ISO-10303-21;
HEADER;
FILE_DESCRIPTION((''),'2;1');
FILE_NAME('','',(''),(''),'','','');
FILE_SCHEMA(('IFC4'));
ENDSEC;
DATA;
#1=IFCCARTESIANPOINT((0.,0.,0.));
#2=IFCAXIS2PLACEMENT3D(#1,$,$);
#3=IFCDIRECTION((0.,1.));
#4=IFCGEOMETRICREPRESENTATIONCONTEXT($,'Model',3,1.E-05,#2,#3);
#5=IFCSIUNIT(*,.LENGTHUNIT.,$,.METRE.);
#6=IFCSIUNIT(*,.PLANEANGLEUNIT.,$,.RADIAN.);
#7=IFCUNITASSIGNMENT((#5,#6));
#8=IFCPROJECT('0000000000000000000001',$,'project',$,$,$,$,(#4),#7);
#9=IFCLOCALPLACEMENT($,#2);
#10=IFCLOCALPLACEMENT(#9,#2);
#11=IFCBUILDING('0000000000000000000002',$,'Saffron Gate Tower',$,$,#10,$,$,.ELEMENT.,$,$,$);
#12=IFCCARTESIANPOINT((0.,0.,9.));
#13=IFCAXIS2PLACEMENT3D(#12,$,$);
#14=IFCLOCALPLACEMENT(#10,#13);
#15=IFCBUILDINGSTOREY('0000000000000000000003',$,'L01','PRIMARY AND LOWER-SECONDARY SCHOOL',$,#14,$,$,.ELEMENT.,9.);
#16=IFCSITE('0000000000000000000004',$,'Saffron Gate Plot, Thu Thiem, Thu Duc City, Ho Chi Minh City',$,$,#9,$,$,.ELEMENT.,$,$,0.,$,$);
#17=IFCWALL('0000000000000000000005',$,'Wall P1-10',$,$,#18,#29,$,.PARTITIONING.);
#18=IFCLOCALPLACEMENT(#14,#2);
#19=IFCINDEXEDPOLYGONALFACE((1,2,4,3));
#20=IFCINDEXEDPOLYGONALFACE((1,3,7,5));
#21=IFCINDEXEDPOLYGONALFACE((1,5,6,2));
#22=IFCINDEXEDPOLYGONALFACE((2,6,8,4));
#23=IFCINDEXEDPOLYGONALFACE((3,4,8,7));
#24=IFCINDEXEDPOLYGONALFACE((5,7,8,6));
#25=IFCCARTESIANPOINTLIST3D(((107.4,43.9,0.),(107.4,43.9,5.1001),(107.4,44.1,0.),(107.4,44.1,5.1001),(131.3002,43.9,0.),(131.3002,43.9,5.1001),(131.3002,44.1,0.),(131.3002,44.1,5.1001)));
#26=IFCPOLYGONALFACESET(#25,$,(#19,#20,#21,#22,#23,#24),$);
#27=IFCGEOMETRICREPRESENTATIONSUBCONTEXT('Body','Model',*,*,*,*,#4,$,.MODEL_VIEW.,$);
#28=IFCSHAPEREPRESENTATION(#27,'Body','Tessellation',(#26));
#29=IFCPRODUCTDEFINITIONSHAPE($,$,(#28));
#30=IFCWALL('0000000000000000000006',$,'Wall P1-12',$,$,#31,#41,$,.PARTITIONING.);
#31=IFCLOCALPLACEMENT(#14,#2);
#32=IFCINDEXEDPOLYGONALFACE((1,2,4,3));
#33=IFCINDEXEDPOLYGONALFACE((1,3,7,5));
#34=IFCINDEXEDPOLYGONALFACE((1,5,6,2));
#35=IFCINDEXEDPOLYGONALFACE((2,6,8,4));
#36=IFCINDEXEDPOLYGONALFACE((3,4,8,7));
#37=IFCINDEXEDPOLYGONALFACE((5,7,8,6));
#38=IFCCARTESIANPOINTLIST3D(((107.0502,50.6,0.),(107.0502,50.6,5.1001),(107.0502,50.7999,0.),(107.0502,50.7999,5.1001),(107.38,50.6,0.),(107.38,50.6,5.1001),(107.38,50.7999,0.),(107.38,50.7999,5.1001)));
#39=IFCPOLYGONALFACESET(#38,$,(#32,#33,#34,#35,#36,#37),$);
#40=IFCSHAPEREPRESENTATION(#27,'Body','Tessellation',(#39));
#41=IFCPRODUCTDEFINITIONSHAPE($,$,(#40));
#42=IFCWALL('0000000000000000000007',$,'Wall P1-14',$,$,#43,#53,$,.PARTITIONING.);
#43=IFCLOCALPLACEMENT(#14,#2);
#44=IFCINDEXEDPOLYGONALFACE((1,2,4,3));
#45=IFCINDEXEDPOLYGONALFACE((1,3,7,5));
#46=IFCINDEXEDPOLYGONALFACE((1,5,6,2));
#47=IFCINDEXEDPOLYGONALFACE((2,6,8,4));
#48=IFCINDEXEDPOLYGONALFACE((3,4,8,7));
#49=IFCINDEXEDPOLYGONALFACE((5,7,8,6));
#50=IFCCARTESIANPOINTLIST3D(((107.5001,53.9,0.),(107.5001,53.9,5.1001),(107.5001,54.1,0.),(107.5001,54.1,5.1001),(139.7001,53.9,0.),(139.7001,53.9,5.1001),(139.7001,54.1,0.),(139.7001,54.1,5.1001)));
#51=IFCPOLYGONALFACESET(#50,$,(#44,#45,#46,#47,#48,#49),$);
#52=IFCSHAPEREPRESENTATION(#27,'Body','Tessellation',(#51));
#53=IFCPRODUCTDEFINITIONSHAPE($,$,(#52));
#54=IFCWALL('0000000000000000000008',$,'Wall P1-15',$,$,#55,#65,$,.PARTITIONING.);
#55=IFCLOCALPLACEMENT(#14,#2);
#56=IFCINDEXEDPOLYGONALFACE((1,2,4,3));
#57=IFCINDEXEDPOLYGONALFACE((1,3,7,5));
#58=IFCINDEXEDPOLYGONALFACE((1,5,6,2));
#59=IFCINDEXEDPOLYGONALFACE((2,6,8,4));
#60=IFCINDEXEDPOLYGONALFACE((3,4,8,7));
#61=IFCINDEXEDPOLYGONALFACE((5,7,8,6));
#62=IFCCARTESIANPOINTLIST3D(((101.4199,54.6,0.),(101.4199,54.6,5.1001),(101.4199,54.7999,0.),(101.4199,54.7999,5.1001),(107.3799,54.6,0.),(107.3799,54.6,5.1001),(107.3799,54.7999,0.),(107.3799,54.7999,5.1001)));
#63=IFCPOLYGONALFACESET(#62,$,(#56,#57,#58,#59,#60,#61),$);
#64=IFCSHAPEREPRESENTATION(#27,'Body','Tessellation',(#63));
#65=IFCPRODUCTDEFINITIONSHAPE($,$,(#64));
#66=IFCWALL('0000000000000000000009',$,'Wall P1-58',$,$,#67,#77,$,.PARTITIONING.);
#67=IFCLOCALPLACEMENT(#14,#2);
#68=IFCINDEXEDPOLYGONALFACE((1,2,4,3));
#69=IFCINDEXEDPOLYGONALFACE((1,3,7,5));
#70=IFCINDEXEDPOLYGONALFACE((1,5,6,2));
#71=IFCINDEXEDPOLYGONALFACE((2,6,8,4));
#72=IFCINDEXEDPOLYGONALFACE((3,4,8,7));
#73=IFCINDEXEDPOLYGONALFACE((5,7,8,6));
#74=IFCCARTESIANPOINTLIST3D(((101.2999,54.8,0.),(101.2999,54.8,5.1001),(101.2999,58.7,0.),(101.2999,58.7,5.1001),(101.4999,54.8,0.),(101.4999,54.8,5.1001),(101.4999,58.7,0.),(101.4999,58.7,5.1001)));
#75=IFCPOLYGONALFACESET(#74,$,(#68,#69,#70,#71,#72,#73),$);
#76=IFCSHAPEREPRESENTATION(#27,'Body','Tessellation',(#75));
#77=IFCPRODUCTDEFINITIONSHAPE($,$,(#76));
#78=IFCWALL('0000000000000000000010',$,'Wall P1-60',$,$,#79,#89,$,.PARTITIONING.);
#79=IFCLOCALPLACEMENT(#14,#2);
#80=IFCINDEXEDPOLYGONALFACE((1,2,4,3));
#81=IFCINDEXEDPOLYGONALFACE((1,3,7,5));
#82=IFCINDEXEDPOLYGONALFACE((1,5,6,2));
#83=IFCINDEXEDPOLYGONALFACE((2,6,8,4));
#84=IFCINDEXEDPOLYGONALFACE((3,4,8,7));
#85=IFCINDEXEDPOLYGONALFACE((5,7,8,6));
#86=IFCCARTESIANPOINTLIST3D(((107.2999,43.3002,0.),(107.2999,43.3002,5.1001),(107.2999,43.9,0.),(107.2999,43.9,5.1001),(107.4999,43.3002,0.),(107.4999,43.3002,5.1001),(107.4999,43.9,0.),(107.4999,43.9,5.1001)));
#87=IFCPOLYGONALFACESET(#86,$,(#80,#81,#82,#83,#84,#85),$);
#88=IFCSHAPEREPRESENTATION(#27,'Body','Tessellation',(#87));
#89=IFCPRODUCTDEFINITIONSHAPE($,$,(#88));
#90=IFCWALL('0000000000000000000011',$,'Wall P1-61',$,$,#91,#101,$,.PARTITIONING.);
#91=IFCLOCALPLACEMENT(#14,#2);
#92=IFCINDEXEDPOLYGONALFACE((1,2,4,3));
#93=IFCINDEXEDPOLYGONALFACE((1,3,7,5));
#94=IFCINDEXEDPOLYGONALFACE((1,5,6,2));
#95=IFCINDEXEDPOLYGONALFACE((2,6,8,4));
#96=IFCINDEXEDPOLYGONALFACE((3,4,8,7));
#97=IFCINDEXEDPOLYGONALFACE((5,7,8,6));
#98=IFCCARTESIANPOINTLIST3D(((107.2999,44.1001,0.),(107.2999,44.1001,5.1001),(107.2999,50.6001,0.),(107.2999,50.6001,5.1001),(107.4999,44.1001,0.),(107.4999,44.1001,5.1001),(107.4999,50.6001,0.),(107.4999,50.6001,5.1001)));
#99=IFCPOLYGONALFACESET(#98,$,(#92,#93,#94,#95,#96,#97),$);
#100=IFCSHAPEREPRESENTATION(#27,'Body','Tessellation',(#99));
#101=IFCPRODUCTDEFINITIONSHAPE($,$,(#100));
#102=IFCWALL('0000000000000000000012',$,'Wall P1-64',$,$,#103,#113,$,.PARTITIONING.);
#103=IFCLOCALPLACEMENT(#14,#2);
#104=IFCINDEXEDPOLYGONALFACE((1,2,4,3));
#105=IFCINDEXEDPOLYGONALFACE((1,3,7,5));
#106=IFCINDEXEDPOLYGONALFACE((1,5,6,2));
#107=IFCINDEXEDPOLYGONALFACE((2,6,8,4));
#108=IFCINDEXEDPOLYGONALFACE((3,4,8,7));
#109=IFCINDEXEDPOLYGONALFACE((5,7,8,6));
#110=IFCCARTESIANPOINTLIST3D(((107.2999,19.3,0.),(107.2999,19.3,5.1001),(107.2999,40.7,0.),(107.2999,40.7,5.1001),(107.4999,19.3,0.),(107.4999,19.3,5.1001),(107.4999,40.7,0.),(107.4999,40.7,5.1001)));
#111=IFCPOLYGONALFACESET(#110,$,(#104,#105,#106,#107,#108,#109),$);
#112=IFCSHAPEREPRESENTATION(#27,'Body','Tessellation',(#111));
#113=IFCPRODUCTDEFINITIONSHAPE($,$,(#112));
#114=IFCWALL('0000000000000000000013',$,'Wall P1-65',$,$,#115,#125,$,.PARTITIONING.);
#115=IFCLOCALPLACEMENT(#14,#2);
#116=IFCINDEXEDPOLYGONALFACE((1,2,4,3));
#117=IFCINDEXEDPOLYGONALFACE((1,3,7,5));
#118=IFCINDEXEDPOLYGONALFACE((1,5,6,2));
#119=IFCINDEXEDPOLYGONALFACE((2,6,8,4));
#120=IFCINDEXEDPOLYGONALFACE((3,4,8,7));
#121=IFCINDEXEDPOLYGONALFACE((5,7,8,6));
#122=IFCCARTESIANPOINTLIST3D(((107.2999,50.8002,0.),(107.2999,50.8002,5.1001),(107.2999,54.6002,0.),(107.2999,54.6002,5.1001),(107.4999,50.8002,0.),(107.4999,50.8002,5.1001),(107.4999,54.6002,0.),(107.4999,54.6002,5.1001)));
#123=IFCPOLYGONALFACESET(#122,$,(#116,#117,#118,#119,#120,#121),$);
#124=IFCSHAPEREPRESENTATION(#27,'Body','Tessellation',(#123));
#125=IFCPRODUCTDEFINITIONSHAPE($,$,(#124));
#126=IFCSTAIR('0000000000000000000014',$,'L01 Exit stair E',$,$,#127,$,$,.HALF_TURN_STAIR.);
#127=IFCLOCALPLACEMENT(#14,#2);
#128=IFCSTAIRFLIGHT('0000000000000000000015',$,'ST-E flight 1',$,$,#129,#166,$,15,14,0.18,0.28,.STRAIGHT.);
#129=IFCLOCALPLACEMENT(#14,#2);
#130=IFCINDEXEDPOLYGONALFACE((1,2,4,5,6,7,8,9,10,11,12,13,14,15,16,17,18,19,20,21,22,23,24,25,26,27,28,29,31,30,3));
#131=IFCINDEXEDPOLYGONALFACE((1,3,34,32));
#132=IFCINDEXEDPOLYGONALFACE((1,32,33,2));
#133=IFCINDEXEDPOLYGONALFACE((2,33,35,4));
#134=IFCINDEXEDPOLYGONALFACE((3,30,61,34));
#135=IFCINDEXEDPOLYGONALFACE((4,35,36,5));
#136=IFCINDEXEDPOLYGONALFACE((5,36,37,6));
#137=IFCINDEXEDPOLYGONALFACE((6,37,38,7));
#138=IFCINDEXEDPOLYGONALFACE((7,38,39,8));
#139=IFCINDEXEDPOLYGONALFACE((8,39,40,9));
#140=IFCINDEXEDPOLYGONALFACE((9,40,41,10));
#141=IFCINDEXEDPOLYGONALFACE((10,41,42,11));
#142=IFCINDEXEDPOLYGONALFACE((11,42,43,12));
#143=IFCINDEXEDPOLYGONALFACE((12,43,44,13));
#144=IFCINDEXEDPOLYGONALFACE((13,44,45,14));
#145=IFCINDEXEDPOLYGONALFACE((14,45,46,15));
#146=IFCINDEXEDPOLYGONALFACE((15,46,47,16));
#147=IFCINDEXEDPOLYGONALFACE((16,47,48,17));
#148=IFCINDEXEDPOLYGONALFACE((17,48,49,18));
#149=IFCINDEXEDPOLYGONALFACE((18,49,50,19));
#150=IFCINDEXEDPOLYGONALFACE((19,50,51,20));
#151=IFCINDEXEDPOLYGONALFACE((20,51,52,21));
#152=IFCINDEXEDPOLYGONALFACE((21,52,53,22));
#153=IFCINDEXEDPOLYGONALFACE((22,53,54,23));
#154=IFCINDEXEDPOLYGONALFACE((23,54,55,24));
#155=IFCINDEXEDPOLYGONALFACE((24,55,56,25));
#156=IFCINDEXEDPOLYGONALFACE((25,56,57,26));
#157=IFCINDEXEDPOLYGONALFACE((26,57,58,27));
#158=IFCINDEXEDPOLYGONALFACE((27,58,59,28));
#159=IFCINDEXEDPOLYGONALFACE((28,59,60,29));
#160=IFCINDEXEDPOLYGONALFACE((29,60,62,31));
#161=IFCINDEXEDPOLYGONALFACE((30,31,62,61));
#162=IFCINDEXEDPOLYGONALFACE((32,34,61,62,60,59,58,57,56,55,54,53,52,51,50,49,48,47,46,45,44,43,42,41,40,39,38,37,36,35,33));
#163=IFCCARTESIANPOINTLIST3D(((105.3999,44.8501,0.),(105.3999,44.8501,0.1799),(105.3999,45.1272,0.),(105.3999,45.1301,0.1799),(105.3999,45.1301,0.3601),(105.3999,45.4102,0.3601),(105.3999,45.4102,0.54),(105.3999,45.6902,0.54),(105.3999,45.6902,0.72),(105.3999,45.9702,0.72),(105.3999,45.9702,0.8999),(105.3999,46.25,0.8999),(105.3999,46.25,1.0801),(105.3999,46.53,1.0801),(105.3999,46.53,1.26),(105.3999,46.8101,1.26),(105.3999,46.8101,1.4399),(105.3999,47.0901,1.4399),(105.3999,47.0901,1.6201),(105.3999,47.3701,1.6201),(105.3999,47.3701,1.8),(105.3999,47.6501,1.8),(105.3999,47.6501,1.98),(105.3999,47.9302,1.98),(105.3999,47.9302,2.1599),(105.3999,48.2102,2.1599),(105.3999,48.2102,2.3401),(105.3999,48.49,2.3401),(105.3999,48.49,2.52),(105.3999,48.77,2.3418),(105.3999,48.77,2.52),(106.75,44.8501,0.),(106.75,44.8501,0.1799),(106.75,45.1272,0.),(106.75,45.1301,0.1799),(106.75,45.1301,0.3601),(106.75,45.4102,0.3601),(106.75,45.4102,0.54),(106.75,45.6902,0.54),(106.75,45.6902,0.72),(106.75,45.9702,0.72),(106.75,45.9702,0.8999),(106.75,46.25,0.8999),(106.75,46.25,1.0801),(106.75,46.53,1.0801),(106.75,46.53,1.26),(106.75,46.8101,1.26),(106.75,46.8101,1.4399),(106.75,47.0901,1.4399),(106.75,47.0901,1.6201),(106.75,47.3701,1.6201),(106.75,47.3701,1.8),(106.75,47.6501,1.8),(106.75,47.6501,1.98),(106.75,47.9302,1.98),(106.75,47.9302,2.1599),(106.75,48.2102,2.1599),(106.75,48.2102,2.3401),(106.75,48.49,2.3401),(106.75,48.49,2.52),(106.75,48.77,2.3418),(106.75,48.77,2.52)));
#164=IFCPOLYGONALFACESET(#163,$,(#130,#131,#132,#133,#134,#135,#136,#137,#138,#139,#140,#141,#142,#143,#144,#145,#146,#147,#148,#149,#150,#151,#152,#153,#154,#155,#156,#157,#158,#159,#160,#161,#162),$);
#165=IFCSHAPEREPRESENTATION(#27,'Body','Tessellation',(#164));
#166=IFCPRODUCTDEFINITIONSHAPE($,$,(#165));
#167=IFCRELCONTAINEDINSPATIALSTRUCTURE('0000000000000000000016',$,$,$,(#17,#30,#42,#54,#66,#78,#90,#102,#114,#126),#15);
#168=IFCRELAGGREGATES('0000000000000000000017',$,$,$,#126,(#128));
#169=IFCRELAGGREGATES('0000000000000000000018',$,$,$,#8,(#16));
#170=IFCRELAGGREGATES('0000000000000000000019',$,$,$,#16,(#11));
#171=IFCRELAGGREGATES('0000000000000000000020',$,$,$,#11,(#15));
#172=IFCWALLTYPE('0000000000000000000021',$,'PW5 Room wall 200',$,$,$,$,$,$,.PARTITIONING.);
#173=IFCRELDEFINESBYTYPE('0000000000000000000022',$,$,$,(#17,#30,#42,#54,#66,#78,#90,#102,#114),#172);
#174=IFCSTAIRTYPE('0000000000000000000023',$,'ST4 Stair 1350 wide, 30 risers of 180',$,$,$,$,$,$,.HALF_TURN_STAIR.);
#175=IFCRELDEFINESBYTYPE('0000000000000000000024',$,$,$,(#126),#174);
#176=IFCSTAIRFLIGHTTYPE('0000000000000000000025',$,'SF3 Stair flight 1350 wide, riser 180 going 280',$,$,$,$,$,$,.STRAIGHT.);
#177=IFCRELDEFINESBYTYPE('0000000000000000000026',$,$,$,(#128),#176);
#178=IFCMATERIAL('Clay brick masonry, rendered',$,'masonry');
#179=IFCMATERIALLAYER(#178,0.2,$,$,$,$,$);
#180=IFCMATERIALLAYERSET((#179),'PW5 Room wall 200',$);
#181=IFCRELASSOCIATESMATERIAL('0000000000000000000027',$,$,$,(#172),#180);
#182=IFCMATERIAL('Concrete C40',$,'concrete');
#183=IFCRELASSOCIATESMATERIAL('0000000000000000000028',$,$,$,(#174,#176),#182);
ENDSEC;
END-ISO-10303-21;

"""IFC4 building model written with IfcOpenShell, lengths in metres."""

from ifc_helpers import new_model, si_unit, direction, frame, frame_2d, origin, place, context, subcontext, project, spatial, polyline, rectangle, outline, extrude, material, layer, layer_set, type_object, element, aggregate, save


model = new_model("IFC4")

# Units and contexts
model_context = context("Model", 3, precision=1e-05, world=origin(), true_north=direction((0.0, 1.0)))
body_context = subcontext(model_context, "Body", "Model", "MODEL_VIEW")
ifc_project = project(units=[si_unit("LENGTHUNIT", "METRE"), si_unit("PLANEANGLEUNIT", "RADIAN")], contexts=[model_context])

# Site, building, storey
site_placement = place(None, origin())
site = spatial("IfcSite", under=ifc_project, at=site_placement, Name="Saffron Gate Plot, Thu Thiem, Thu Duc City, Ho Chi Minh City", CompositionType="ELEMENT", RefElevation=0.0)
building_placement = place(site_placement, origin())
building = spatial("IfcBuilding", under=site, at=building_placement, Name="Saffron Gate Tower", CompositionType="ELEMENT")
storey_placement = place(building_placement, frame((0.0, 0.0, 9.0)))
storey = spatial("IfcBuildingStorey", under=building, at=storey_placement, Name="L01", Description="PRIMARY AND LOWER-SECONDARY SCHOOL", CompositionType="ELEMENT", Elevation=9.0)

# Shared definitions
ifc_material_1 = material(Name="Clay brick masonry, rendered", Category="masonry")

# Walls
ifc_layer_1 = layer(ifc_material_1, 0.2)
ifc_layer_set_1 = layer_set([ifc_layer_1], Name="PW5 Room wall 200")
wall_type_1 = type_object("IfcWallType", Name="PW5 Room wall 200", PredefinedType="PARTITIONING", material=ifc_layer_set_1)
wall_1_placement = place(storey_placement, frame((107.3999, 44.0, 0.0), z_axis=(0.0, 0.0, 1.0), x_axis=(1.0, 0.0, 0.0)))
element("IfcWall", 1, at=wall_1_placement, inside=storey, type_object=wall_type_1, Name="Wall P1-10", PredefinedType="PARTITIONING", context=body_context, shape_type="SweptSolid", body=[
    extrude(rectangle(XDim=23.9001, YDim=0.2, at=frame_2d((11.9502, 0.0))), origin(), (0.0, 0.0, 1.0), 5.1001),
])
wall_2_placement = place(storey_placement, frame((107.05, 50.7, 0.0), z_axis=(0.0, 0.0, 1.0), x_axis=(1.0, 0.0, 0.0)))
element("IfcWall", 2, at=wall_2_placement, inside=storey, type_object=wall_type_1, Name="Wall P1-12", PredefinedType="PARTITIONING", context=body_context, shape_type="SweptSolid", body=[
    extrude(rectangle(XDim=0.3298, YDim=0.2, at=frame_2d((0.165, 0.0))), origin(), (0.0, 0.0, 1.0), 5.1001),
])
wall_3_placement = place(storey_placement, frame((107.5, 54.0, 0.0), z_axis=(0.0, 0.0, 1.0), x_axis=(1.0, 0.0, 0.0)))
element("IfcWall", 3, at=wall_3_placement, inside=storey, type_object=wall_type_1, Name="Wall P1-14", PredefinedType="PARTITIONING", context=body_context, shape_type="SweptSolid", body=[
    extrude(rectangle(XDim=32.2, YDim=0.2, at=frame_2d((16.1001, 0.0))), origin(), (0.0, 0.0, 1.0), 5.1001),
])
wall_4_placement = place(storey_placement, frame((101.4199, 54.7, 0.0), z_axis=(0.0, 0.0, 1.0), x_axis=(1.0, 0.0, 0.0)))
element("IfcWall", 4, at=wall_4_placement, inside=storey, type_object=wall_type_1, Name="Wall P1-15", PredefinedType="PARTITIONING", context=body_context, shape_type="SweptSolid", body=[
    extrude(rectangle(XDim=5.96, YDim=0.2, at=frame_2d((2.98, 0.0))), origin(), (0.0, 0.0, 1.0), 5.1001),
])
wall_5_placement = place(storey_placement, frame((101.3999, 58.7, 0.0), z_axis=(0.0, 0.0, 1.0), x_axis=(0.0, -1.0, 0.0)))
element("IfcWall", 5, at=wall_5_placement, inside=storey, type_object=wall_type_1, Name="Wall P1-58", PredefinedType="PARTITIONING", context=body_context, shape_type="SweptSolid", body=[
    extrude(rectangle(XDim=3.8999, YDim=0.2, at=frame_2d((1.95, 0.0))), origin(), (0.0, 0.0, 1.0), 5.1001),
])
wall_6_placement = place(storey_placement, frame((107.3999, 43.8999, 0.0), z_axis=(0.0, 0.0, 1.0), x_axis=(0.0, -1.0, 0.0)))
element("IfcWall", 6, at=wall_6_placement, inside=storey, type_object=wall_type_1, Name="Wall P1-60", PredefinedType="PARTITIONING", context=body_context, shape_type="SweptSolid", body=[
    extrude(rectangle(XDim=0.5999, YDim=0.2, at=frame_2d((0.2998, 0.0))), origin(), (0.0, 0.0, 1.0), 5.1001),
])
wall_7_placement = place(storey_placement, frame((107.3999, 50.6001, 0.0), z_axis=(0.0, 0.0, 1.0), x_axis=(0.0, -1.0, 0.0)))
element("IfcWall", 7, at=wall_7_placement, inside=storey, type_object=wall_type_1, Name="Wall P1-61", PredefinedType="PARTITIONING", context=body_context, shape_type="SweptSolid", body=[
    extrude(rectangle(XDim=6.5, YDim=0.2, at=frame_2d((3.25, 0.0))), origin(), (0.0, 0.0, 1.0), 5.1001),
])
wall_8_placement = place(storey_placement, frame((107.3999, 40.7, 0.0), z_axis=(0.0, 0.0, 1.0), x_axis=(0.0, -1.0, 0.0)))
element("IfcWall", 8, at=wall_8_placement, inside=storey, type_object=wall_type_1, Name="Wall P1-64", PredefinedType="PARTITIONING", context=body_context, shape_type="SweptSolid", body=[
    extrude(rectangle(XDim=21.3999, YDim=0.2, at=frame_2d((10.7, 0.0))), origin(), (0.0, 0.0, 1.0), 5.1001),
])
wall_9_placement = place(storey_placement, frame((107.3999, 54.6001, 0.0), z_axis=(0.0, 0.0, 1.0), x_axis=(0.0, -1.0, 0.0)))
element("IfcWall", 9, at=wall_9_placement, inside=storey, type_object=wall_type_1, Name="Wall P1-65", PredefinedType="PARTITIONING", context=body_context, shape_type="SweptSolid", body=[
    extrude(rectangle(XDim=3.8, YDim=0.2, at=frame_2d((1.8999, 0.0))), origin(), (0.0, 0.0, 1.0), 5.1001),
])

# Stair, stair flight
ifc_material_2 = material(Name="Concrete C40", Category="concrete")
stair_type = type_object("IfcStairType", Name="ST4 Stair 1350 wide, 30 risers of 180", PredefinedType="HALF_TURN_STAIR", material=ifc_material_2)
stair_placement = place(storey_placement, origin())
stair = element("IfcStair", 10, at=stair_placement, inside=storey, type_object=stair_type, Name="L01 Exit stair E", PredefinedType="HALF_TURN_STAIR")
stair_flight_type = type_object("IfcStairFlightType", Name="SF3 Stair flight 1350 wide, riser 180 going 280", PredefinedType="STRAIGHT", material=ifc_material_2)
stair_flight_1_placement = place(storey_placement, frame((106.075, 44.8501, 0.0), z_axis=(0.0, 0.0, 1.0), x_axis=(0.0, 1.0, 0.0)))
stair_flight_1 = element("IfcStairFlight", 11, at=stair_flight_1_placement, type_object=stair_flight_type, Name="ST-E flight 1", NumberOfRisers=15, NumberOfTreads=14, PredefinedType="STRAIGHT", RiserHeight=0.18, TreadLength=0.28, context=body_context, shape_type="SweptSolid", body=[
    extrude(outline(polyline([(0.0, 0.0), (0.0, 0.1799), (0.28, 0.1799), (0.28, 0.3601), (0.5601, 0.3601), (0.5601, 0.54), (0.8401, 0.54), (0.8401, 0.72), (1.1201, 0.72), (1.1201, 0.8999), (1.3999, 0.8999), (1.3999, 1.0801), (1.6799, 1.0801), (1.6799, 1.26), (1.96, 1.26), (1.96, 1.4399), (2.24, 1.4399), (2.24, 1.6201), (2.52, 1.6201), (2.52, 1.8), (2.8, 1.8), (2.8, 1.98), (3.0801, 1.98), (3.0801, 2.1599), (3.3601, 2.1599), (3.3601, 2.3401), (3.6399, 2.3401), (3.6399, 2.52), (3.9199, 2.52), (3.9199, 2.7), (3.9199, 2.3418), (0.2771, 0.0), (0.0, 0.0)])), frame((0.0, 0.675, 0.0), z_axis=(0.0, -1.0, 0.0), x_axis=(1.0, 0.0, 0.0)), (0.0, 0.0, 1.0), 1.3501),
])
aggregate(stair, [stair_flight_1])

save(model, "model.ifc")
